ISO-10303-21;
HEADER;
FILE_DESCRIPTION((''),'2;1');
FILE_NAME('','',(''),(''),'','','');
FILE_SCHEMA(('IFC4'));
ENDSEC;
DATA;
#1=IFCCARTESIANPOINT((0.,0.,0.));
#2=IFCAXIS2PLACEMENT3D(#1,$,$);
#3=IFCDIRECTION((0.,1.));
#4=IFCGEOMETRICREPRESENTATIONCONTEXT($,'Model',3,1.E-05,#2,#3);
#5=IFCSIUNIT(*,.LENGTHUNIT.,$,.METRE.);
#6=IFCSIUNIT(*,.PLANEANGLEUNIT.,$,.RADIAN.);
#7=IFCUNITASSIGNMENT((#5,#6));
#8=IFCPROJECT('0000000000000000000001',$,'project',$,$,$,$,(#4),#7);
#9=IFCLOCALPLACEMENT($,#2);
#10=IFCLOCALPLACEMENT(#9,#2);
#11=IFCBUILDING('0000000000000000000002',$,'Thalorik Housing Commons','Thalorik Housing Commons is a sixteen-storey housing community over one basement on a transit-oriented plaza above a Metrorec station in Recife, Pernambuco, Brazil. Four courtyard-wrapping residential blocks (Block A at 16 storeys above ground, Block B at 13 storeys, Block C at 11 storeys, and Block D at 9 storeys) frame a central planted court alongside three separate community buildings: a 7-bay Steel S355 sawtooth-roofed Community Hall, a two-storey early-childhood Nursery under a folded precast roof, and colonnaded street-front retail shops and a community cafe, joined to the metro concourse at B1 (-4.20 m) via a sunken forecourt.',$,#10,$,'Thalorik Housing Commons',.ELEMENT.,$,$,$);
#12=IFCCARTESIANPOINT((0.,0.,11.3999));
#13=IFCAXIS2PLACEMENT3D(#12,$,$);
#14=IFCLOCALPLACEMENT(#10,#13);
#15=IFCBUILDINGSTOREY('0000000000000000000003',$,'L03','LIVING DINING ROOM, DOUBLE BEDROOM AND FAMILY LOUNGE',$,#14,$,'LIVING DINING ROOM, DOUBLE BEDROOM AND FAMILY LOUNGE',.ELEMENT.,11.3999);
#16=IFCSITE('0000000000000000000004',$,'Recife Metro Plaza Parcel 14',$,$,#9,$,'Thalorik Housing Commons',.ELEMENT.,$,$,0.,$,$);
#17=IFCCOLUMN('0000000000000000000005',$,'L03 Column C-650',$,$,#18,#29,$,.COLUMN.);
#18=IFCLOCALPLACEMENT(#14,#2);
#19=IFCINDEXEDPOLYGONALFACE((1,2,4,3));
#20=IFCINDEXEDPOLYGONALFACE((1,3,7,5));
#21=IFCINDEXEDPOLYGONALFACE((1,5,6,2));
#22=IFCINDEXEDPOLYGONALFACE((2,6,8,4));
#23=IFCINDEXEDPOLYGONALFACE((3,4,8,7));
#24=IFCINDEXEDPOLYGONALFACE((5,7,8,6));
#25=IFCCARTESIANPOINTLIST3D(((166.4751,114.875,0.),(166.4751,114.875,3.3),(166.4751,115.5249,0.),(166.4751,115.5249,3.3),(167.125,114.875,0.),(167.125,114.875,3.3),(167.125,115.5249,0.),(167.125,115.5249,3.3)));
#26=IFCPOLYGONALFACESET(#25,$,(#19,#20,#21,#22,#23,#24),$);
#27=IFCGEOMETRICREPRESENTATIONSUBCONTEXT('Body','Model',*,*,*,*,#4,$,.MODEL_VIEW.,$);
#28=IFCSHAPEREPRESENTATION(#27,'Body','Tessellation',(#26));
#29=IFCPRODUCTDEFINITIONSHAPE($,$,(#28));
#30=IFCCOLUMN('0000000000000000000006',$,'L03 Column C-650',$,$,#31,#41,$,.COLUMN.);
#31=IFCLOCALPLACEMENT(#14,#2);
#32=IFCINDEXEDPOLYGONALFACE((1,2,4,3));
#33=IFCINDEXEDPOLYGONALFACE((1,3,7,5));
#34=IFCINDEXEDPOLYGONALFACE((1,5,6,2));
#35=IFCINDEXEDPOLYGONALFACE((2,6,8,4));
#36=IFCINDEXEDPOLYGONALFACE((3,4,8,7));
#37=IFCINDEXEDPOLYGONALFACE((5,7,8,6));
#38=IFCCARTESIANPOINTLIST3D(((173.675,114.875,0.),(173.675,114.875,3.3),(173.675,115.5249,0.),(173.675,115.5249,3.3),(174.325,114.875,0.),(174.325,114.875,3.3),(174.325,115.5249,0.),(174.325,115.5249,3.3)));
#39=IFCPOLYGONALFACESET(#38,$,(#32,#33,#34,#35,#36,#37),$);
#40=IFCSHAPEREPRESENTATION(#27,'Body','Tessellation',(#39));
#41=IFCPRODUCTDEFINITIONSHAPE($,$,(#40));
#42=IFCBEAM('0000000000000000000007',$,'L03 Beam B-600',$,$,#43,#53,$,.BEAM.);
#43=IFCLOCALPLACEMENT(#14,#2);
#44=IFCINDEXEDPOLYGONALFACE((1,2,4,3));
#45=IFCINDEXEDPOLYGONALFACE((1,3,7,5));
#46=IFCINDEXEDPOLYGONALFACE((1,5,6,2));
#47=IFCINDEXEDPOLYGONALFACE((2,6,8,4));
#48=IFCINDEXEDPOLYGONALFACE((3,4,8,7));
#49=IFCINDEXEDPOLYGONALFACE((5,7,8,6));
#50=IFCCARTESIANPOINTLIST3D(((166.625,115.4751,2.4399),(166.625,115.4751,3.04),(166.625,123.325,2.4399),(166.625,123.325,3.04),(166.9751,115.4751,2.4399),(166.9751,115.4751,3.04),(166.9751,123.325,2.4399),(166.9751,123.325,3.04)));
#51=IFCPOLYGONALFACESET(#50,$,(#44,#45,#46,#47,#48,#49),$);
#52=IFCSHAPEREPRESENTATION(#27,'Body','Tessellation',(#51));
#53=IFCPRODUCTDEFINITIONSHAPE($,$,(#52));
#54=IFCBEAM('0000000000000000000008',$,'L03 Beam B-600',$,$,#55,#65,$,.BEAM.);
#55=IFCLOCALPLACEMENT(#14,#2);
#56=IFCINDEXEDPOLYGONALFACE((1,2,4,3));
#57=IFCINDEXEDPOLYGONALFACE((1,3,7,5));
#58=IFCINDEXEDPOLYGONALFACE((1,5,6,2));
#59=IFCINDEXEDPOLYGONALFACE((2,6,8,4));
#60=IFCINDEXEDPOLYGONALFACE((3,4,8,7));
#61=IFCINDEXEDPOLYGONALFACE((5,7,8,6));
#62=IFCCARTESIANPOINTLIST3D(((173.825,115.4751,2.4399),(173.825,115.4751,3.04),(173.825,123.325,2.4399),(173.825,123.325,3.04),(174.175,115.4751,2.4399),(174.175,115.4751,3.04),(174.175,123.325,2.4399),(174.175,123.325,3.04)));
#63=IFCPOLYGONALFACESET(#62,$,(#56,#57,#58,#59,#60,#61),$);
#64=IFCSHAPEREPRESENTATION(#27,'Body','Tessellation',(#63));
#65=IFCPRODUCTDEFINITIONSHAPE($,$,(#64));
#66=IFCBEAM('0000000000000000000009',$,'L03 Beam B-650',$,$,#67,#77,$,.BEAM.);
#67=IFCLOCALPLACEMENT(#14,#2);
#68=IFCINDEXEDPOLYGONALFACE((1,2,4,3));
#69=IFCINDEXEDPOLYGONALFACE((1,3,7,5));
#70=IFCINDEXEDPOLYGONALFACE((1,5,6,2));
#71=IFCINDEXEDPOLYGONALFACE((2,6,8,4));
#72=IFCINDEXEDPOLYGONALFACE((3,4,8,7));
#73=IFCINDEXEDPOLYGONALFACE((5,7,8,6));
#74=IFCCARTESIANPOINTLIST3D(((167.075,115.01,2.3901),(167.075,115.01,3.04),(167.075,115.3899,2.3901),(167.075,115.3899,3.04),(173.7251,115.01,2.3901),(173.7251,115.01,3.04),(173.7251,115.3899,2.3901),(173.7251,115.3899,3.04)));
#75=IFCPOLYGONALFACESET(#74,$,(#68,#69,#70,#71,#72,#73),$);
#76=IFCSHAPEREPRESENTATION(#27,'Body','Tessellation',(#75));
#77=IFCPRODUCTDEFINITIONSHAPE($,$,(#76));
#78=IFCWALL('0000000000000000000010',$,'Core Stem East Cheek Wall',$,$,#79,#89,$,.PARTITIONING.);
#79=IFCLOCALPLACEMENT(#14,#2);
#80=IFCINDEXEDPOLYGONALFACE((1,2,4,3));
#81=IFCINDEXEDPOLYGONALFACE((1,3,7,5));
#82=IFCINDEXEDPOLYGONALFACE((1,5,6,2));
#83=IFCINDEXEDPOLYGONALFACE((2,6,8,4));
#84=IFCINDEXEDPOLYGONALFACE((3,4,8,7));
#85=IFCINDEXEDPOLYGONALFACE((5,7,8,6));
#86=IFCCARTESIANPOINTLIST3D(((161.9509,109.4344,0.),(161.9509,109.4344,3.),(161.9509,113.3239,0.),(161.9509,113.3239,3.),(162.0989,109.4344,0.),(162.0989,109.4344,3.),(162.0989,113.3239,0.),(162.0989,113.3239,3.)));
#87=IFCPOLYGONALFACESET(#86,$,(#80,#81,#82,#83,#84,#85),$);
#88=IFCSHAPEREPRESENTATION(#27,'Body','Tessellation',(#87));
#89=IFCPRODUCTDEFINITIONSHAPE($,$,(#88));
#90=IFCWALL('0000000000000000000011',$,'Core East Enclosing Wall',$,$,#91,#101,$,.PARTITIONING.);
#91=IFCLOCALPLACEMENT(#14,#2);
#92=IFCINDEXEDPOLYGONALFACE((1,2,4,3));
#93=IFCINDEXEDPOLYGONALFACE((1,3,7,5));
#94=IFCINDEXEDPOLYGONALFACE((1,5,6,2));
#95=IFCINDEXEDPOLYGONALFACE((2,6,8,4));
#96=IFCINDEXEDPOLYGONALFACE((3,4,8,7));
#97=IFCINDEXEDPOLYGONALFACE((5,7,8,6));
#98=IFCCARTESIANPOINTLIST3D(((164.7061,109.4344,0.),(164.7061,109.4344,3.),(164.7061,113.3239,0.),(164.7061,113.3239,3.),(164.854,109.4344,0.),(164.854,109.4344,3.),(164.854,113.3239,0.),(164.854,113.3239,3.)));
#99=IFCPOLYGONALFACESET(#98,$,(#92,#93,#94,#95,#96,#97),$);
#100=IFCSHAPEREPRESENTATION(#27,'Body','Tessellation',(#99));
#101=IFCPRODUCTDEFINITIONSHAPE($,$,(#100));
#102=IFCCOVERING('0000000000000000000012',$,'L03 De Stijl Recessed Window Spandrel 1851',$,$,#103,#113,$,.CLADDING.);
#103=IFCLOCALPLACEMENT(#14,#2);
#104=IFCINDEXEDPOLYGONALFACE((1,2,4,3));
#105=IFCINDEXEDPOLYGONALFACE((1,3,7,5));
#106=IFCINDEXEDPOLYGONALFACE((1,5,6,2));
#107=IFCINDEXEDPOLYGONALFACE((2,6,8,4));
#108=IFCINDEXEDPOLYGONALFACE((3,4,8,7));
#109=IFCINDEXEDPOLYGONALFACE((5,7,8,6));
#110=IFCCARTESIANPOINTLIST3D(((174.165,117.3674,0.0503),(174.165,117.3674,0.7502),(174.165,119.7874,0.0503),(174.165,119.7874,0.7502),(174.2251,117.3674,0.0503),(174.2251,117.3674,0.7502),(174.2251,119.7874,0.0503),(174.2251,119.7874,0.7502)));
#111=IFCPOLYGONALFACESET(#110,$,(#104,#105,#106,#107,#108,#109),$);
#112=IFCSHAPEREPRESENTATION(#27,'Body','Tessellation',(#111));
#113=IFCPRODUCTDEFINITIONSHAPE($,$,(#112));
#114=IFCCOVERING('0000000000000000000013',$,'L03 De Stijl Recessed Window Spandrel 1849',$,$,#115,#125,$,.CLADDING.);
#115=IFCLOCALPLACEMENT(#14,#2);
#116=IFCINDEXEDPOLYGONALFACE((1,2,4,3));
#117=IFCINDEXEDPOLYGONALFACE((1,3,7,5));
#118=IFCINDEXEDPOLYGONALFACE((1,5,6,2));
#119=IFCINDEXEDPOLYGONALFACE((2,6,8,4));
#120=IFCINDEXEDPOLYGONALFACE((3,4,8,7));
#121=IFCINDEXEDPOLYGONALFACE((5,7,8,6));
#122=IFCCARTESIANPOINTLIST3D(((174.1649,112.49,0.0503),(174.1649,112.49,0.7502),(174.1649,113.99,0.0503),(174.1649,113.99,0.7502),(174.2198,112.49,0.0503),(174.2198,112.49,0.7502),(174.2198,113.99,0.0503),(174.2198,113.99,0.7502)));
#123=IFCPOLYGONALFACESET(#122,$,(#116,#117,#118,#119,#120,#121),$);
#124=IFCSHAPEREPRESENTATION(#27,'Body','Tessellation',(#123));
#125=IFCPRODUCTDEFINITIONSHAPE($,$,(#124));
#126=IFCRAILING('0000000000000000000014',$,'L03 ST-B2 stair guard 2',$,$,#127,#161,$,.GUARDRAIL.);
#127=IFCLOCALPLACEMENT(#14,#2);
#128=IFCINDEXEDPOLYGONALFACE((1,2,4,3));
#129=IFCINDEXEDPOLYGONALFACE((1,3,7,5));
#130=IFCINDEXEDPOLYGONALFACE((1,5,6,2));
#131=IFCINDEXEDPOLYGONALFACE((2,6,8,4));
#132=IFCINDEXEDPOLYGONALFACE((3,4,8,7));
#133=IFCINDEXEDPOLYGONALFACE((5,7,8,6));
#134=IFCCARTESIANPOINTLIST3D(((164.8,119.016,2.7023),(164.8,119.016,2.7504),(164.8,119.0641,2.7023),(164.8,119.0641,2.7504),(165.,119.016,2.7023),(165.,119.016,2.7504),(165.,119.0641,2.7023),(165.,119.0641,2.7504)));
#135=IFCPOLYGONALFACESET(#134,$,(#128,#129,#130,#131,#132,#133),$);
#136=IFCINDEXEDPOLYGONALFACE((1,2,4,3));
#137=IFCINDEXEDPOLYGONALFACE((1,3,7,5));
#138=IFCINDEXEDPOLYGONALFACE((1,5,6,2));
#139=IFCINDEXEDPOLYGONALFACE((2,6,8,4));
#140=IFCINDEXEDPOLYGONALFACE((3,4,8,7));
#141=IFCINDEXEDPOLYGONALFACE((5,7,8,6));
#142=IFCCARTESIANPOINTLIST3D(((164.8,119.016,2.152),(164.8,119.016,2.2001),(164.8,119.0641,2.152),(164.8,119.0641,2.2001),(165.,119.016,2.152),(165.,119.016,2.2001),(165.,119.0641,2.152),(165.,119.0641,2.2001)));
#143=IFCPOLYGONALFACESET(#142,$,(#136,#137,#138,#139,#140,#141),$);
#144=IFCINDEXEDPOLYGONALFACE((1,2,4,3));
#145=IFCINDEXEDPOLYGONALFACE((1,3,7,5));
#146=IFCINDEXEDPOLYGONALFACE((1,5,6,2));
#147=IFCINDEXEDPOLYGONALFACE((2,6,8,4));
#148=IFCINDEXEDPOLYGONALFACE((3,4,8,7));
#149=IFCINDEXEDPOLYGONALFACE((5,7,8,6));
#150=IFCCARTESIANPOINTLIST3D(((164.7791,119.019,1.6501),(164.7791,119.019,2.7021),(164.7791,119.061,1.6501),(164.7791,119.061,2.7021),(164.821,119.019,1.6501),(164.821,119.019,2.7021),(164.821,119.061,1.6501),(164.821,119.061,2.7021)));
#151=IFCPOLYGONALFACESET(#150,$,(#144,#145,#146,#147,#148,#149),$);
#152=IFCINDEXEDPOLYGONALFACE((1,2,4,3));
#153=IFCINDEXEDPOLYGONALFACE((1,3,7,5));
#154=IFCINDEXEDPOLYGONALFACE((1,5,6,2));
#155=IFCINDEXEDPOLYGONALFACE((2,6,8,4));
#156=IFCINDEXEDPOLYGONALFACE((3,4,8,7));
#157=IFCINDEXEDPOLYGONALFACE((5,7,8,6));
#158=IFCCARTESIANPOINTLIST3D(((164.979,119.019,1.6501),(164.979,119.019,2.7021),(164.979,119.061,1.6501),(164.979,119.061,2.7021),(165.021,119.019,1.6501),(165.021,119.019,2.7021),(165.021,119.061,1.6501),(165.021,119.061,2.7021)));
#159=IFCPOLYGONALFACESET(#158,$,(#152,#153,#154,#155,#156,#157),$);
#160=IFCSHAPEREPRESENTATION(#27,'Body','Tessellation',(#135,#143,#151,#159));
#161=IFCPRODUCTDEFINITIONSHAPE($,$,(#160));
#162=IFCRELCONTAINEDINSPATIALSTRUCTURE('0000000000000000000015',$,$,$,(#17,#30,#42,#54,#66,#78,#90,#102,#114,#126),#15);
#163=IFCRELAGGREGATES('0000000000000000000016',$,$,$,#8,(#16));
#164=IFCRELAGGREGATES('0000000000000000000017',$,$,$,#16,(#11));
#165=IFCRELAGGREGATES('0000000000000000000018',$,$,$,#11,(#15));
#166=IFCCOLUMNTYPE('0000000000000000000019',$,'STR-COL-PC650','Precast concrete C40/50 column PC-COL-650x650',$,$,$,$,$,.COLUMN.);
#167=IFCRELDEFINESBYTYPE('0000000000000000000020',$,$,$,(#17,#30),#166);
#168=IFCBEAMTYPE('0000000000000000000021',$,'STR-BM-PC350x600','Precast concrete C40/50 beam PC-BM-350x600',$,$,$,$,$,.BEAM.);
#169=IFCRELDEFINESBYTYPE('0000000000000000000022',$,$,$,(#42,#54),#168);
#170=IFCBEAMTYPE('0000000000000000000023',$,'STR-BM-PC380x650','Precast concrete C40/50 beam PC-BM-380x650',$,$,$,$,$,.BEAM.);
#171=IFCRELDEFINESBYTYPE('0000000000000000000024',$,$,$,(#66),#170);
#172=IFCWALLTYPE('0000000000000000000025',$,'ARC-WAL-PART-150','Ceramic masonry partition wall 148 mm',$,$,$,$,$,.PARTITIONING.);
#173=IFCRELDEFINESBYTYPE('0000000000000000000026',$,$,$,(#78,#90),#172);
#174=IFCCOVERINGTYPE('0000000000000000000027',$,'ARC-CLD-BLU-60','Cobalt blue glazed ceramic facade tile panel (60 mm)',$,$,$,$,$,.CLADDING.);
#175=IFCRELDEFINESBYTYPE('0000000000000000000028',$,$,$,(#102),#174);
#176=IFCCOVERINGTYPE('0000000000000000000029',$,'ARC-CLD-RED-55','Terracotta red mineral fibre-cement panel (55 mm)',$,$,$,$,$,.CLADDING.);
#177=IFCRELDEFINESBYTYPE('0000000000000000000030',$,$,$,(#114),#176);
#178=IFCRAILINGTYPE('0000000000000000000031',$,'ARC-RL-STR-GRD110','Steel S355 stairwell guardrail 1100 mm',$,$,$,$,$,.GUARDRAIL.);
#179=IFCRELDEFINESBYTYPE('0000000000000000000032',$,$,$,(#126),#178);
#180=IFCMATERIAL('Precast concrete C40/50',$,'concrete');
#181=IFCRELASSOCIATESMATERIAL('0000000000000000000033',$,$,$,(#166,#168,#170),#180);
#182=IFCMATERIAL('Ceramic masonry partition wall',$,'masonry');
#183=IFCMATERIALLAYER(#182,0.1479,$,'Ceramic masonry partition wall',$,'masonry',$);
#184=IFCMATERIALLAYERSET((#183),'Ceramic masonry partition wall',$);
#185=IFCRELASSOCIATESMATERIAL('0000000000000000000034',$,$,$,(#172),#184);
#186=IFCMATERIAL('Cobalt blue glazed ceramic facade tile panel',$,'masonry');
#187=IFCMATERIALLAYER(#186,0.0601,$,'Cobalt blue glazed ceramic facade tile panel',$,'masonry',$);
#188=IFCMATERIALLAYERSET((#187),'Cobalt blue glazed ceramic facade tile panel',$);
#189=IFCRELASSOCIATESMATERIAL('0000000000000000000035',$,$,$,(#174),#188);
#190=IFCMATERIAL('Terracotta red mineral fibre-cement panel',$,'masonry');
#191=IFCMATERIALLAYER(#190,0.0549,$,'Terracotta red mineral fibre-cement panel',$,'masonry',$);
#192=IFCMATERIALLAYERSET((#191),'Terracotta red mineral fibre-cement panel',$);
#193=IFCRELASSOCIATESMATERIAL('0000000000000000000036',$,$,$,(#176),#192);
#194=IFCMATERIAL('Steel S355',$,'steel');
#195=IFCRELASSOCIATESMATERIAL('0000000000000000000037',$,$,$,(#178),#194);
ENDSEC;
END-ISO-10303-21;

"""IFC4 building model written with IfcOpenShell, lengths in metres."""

from ifc_helpers import new_model, si_unit, direction, frame, frame_2d, origin, origin_2d, place, context, subcontext, project, spatial, rectangle, extrude, material, layer, layer_set, material_profile, profile_set, type_object, element, save


model = new_model("IFC4")

# Units and contexts
model_context = context("Model", 3, precision=1e-05, world=origin(), true_north=direction((0.0, 1.0)))
body_context = subcontext(model_context, "Body", "Model", "MODEL_VIEW")
ifc_project = project(units=[si_unit("LENGTHUNIT", "METRE"), si_unit("PLANEANGLEUNIT", "RADIAN")], contexts=[model_context])

# Site, building, storey
site_placement = place(None, origin())
site = spatial("IfcSite", under=ifc_project, at=site_placement, Name="Recife Metro Plaza Parcel 14", LongName="Thalorik Housing Commons", CompositionType="ELEMENT", RefElevation=0.0)
building_placement = place(site_placement, origin())
building = spatial("IfcBuilding", under=site, at=building_placement, Name="Thalorik Housing Commons", Description="Thalorik Housing Commons is a sixteen-storey housing community over one basement on a transit-oriented plaza above a Metrorec station in Recife, Pernambuco, Brazil. Four courtyard-wrapping residential blocks (Block A at 16 storeys above ground, Block B at 13 storeys, Block C at 11 storeys, and Block D at 9 storeys) frame a central planted court alongside three separate community buildings: a 7-bay Steel S355 sawtooth-roofed Community Hall, a two-storey early-childhood Nursery under a folded precast roof, and colonnaded street-front retail shops and a community cafe, joined to the metro concourse at B1 (-4.20 m) via a sunken forecourt.", LongName="Thalorik Housing Commons", CompositionType="ELEMENT")
storey_placement = place(building_placement, frame((0.0, 0.0, 11.3999)))
storey = spatial("IfcBuildingStorey", under=building, at=storey_placement, Name="L03", Description="LIVING DINING ROOM, DOUBLE BEDROOM AND FAMILY LOUNGE", LongName="LIVING DINING ROOM, DOUBLE BEDROOM AND FAMILY LOUNGE", CompositionType="ELEMENT", Elevation=11.3999)

# Columns
ifc_material_1 = material(Name="Precast concrete C40/50", Category="concrete")
ifc_material_profile_1 = material_profile(ifc_material_1, rectangle(XDim=0.6499, YDim=0.6499, at=origin_2d()), Name="PC 650x650", Category="concrete")
ifc_profile_set_1 = profile_set([ifc_material_profile_1], Name="Precast concrete C40/50")
column_type = type_object("IfcColumnType", Name="STR-COL-PC650", Description="Precast concrete C40/50 column PC-COL-650x650", PredefinedType="COLUMN", material=ifc_profile_set_1)
for number, where, z_axis, x_axis, name in (
    (1, (166.8, 115.2, 0.0), (0.0, 0.0, 1.0), (1.0, 0.0, 0.0), "L03 Column C-650"),
    (2, (174.0, 115.2, 0.0), (0.0, 0.0, 1.0), (1.0, 0.0, 0.0), "L03 Column C-650"),
):
    element("IfcColumn", number, at=place(storey_placement, frame(where, z_axis=z_axis, x_axis=x_axis)), inside=storey, type_object=column_type, Name=name, PredefinedType="COLUMN", context=body_context, shape_type="SweptSolid", body=[
        extrude(rectangle(XDim=0.6499, YDim=0.6499, at=origin_2d()), origin(), (0.0, 0.0, 1.0), 3.3),
    ])

# Beams
ifc_material_profile_2 = material_profile(ifc_material_1, rectangle(XDim=0.3501, YDim=0.6001, at=origin_2d()), Name="PC 350x600", Category="concrete")
ifc_profile_set_2 = profile_set([ifc_material_profile_2], Name="Precast concrete C40/50")
beam_type_1 = type_object("IfcBeamType", Name="STR-BM-PC350x600", Description="Precast concrete C40/50 beam PC-BM-350x600", PredefinedType="BEAM", material=ifc_profile_set_2)
for number, where, z_axis, x_axis, name in (
    (3, (166.8, 115.4751, 2.74), (0.0, 1.0, 0.0), (-1.0, 0.0, 0.0), "L03 Beam B-600"),
    (4, (174.0, 115.4751, 2.74), (0.0, 1.0, 0.0), (-1.0, 0.0, 0.0), "L03 Beam B-600"),
):
    element("IfcBeam", number, at=place(storey_placement, frame(where, z_axis=z_axis, x_axis=x_axis)), inside=storey, type_object=beam_type_1, Name=name, PredefinedType="BEAM", context=body_context, shape_type="SweptSolid", body=[
        extrude(rectangle(XDim=0.3501, YDim=0.6001, at=origin_2d()), origin(), (0.0, 0.0, 1.0), 7.8499),
    ])
ifc_material_profile_3 = material_profile(ifc_material_1, rectangle(XDim=0.3799, YDim=0.6499, at=origin_2d()), Name="PC 380x650", Category="concrete")
ifc_profile_set_3 = profile_set([ifc_material_profile_3], Name="Precast concrete C40/50")
beam_type_2 = type_object("IfcBeamType", Name="STR-BM-PC380x650", Description="Precast concrete C40/50 beam PC-BM-380x650", PredefinedType="BEAM", material=ifc_profile_set_3)
beam_placement = place(storey_placement, frame((167.075, 115.2, 2.7151), z_axis=(1.0, 0.0, 0.0), x_axis=(0.0, 1.0, 0.0)))
element("IfcBeam", 5, at=beam_placement, inside=storey, type_object=beam_type_2, Name="L03 Beam B-650", PredefinedType="BEAM", context=body_context, shape_type="SweptSolid", body=[
    extrude(rectangle(XDim=0.3799, YDim=0.6499, at=origin_2d()), origin(), (0.0, 0.0, 1.0), 6.6501),
])

# Walls
ifc_material_2 = material(Name="Ceramic masonry partition wall", Category="masonry")
ifc_layer_1 = layer(ifc_material_2, 0.1479, Name="Ceramic masonry partition wall", Category="masonry")
ifc_layer_set_1 = layer_set([ifc_layer_1], Name="Ceramic masonry partition wall")
wall_type_1 = type_object("IfcWallType", Name="ARC-WAL-PART-150", Description="Ceramic masonry partition wall 148 mm", PredefinedType="PARTITIONING", material=ifc_layer_set_1)
for number, where, z_axis, x_axis, name in (
    (6, (162.0249, 113.324, 0.0), (0.0, 0.0, 1.0), (0.0, -1.0, 0.0), "Core Stem East Cheek Wall"),
    (7, (164.78, 113.324, 0.0), (0.0, 0.0, 1.0), (0.0, -1.0, 0.0), "Core East Enclosing Wall"),
):
    element("IfcWall", number, at=place(storey_placement, frame(where, z_axis=z_axis, x_axis=x_axis)), inside=storey, type_object=wall_type_1, Name=name, PredefinedType="PARTITIONING", context=body_context, shape_type="SweptSolid", body=[
        extrude(rectangle(XDim=3.8894, YDim=0.1479, at=frame_2d((1.9448, 0.0))), origin(), (0.0, 0.0, 1.0), 3.0),
    ])

# Shared definitions
ifc_material_3 = material(Name="Steel S355", Category="steel")

# Coverings
ifc_material_4 = material(Name="Cobalt blue glazed ceramic facade tile panel", Category="masonry")
ifc_layer_2 = layer(ifc_material_4, 0.0601, Name="Cobalt blue glazed ceramic facade tile panel", Category="masonry")
ifc_layer_set_2 = layer_set([ifc_layer_2], Name="Cobalt blue glazed ceramic facade tile panel")
covering_type_1 = type_object("IfcCoveringType", Name="ARC-CLD-BLU-60", Description="Cobalt blue glazed ceramic facade tile panel (60 mm)", PredefinedType="CLADDING", material=ifc_layer_set_2)
covering_1_placement = place(storey_placement, frame((174.1951, 118.5774, 0.0503), z_axis=(0.0, 0.0, 1.0), x_axis=(0.0, 1.0, 0.0)))
element("IfcCovering", 8, at=covering_1_placement, inside=storey, type_object=covering_type_1, Name="L03 De Stijl Recessed Window Spandrel 1851", PredefinedType="CLADDING", context=body_context, shape_type="SweptSolid", body=[
    extrude(rectangle(XDim=2.4199, YDim=0.0601, at=origin_2d()), origin(), (0.0, 0.0, 1.0), 0.7),
])
ifc_material_5 = material(Name="Terracotta red mineral fibre-cement panel", Category="masonry")
ifc_layer_3 = layer(ifc_material_5, 0.0549, Name="Terracotta red mineral fibre-cement panel", Category="masonry")
ifc_layer_set_3 = layer_set([ifc_layer_3], Name="Terracotta red mineral fibre-cement panel")
covering_type_2 = type_object("IfcCoveringType", Name="ARC-CLD-RED-55", Description="Terracotta red mineral fibre-cement panel (55 mm)", PredefinedType="CLADDING", material=ifc_layer_set_3)
covering_2_placement = place(storey_placement, frame((174.1924, 113.24, 0.0503), z_axis=(0.0, 0.0, 1.0), x_axis=(0.0, 1.0, 0.0)))
element("IfcCovering", 9, at=covering_2_placement, inside=storey, type_object=covering_type_2, Name="L03 De Stijl Recessed Window Spandrel 1849", PredefinedType="CLADDING", context=body_context, shape_type="SweptSolid", body=[
    extrude(rectangle(XDim=1.5, YDim=0.0549, at=origin_2d()), origin(), (0.0, 0.0, 1.0), 0.7),
])

# Railing
railing_type_1 = type_object("IfcRailingType", Name="ARC-RL-STR-GRD110", Description="Steel S355 stairwell guardrail 1100 mm", PredefinedType="GUARDRAIL", material=ifc_material_3)
railing_1_placement = place(storey_placement, frame((164.8, 119.04, 1.6501)))
element("IfcRailing", 10, at=railing_1_placement, inside=storey, type_object=railing_type_1, Name="L03 ST-B2 stair guard 2", PredefinedType="GUARDRAIL", context=body_context, shape_type="SweptSolid", body=[
    extrude(rectangle(XDim=0.0481, YDim=0.0481, at=origin_2d()), frame((0.0, 0.0, 1.0762), z_axis=(1.0, 0.0, 0.0), x_axis=(0.0, 1.0, 0.0)), (0.0, 0.0, 1.0), 0.2),
    extrude(rectangle(XDim=0.0481, YDim=0.0481, at=origin_2d()), frame((0.0, 0.0, 0.5259), z_axis=(1.0, 0.0, 0.0), x_axis=(0.0, 1.0, 0.0)), (0.0, 0.0, 1.0), 0.2),
    extrude(rectangle(XDim=0.042, YDim=0.042, at=origin_2d()), origin(), (0.0, 0.0, 1.0), 1.052),
    extrude(rectangle(XDim=0.042, YDim=0.042, at=origin_2d()), frame((0.2, 0.0, 0.0)), (0.0, 0.0, 1.0), 1.052),
])

save(model, "model.ifc")
